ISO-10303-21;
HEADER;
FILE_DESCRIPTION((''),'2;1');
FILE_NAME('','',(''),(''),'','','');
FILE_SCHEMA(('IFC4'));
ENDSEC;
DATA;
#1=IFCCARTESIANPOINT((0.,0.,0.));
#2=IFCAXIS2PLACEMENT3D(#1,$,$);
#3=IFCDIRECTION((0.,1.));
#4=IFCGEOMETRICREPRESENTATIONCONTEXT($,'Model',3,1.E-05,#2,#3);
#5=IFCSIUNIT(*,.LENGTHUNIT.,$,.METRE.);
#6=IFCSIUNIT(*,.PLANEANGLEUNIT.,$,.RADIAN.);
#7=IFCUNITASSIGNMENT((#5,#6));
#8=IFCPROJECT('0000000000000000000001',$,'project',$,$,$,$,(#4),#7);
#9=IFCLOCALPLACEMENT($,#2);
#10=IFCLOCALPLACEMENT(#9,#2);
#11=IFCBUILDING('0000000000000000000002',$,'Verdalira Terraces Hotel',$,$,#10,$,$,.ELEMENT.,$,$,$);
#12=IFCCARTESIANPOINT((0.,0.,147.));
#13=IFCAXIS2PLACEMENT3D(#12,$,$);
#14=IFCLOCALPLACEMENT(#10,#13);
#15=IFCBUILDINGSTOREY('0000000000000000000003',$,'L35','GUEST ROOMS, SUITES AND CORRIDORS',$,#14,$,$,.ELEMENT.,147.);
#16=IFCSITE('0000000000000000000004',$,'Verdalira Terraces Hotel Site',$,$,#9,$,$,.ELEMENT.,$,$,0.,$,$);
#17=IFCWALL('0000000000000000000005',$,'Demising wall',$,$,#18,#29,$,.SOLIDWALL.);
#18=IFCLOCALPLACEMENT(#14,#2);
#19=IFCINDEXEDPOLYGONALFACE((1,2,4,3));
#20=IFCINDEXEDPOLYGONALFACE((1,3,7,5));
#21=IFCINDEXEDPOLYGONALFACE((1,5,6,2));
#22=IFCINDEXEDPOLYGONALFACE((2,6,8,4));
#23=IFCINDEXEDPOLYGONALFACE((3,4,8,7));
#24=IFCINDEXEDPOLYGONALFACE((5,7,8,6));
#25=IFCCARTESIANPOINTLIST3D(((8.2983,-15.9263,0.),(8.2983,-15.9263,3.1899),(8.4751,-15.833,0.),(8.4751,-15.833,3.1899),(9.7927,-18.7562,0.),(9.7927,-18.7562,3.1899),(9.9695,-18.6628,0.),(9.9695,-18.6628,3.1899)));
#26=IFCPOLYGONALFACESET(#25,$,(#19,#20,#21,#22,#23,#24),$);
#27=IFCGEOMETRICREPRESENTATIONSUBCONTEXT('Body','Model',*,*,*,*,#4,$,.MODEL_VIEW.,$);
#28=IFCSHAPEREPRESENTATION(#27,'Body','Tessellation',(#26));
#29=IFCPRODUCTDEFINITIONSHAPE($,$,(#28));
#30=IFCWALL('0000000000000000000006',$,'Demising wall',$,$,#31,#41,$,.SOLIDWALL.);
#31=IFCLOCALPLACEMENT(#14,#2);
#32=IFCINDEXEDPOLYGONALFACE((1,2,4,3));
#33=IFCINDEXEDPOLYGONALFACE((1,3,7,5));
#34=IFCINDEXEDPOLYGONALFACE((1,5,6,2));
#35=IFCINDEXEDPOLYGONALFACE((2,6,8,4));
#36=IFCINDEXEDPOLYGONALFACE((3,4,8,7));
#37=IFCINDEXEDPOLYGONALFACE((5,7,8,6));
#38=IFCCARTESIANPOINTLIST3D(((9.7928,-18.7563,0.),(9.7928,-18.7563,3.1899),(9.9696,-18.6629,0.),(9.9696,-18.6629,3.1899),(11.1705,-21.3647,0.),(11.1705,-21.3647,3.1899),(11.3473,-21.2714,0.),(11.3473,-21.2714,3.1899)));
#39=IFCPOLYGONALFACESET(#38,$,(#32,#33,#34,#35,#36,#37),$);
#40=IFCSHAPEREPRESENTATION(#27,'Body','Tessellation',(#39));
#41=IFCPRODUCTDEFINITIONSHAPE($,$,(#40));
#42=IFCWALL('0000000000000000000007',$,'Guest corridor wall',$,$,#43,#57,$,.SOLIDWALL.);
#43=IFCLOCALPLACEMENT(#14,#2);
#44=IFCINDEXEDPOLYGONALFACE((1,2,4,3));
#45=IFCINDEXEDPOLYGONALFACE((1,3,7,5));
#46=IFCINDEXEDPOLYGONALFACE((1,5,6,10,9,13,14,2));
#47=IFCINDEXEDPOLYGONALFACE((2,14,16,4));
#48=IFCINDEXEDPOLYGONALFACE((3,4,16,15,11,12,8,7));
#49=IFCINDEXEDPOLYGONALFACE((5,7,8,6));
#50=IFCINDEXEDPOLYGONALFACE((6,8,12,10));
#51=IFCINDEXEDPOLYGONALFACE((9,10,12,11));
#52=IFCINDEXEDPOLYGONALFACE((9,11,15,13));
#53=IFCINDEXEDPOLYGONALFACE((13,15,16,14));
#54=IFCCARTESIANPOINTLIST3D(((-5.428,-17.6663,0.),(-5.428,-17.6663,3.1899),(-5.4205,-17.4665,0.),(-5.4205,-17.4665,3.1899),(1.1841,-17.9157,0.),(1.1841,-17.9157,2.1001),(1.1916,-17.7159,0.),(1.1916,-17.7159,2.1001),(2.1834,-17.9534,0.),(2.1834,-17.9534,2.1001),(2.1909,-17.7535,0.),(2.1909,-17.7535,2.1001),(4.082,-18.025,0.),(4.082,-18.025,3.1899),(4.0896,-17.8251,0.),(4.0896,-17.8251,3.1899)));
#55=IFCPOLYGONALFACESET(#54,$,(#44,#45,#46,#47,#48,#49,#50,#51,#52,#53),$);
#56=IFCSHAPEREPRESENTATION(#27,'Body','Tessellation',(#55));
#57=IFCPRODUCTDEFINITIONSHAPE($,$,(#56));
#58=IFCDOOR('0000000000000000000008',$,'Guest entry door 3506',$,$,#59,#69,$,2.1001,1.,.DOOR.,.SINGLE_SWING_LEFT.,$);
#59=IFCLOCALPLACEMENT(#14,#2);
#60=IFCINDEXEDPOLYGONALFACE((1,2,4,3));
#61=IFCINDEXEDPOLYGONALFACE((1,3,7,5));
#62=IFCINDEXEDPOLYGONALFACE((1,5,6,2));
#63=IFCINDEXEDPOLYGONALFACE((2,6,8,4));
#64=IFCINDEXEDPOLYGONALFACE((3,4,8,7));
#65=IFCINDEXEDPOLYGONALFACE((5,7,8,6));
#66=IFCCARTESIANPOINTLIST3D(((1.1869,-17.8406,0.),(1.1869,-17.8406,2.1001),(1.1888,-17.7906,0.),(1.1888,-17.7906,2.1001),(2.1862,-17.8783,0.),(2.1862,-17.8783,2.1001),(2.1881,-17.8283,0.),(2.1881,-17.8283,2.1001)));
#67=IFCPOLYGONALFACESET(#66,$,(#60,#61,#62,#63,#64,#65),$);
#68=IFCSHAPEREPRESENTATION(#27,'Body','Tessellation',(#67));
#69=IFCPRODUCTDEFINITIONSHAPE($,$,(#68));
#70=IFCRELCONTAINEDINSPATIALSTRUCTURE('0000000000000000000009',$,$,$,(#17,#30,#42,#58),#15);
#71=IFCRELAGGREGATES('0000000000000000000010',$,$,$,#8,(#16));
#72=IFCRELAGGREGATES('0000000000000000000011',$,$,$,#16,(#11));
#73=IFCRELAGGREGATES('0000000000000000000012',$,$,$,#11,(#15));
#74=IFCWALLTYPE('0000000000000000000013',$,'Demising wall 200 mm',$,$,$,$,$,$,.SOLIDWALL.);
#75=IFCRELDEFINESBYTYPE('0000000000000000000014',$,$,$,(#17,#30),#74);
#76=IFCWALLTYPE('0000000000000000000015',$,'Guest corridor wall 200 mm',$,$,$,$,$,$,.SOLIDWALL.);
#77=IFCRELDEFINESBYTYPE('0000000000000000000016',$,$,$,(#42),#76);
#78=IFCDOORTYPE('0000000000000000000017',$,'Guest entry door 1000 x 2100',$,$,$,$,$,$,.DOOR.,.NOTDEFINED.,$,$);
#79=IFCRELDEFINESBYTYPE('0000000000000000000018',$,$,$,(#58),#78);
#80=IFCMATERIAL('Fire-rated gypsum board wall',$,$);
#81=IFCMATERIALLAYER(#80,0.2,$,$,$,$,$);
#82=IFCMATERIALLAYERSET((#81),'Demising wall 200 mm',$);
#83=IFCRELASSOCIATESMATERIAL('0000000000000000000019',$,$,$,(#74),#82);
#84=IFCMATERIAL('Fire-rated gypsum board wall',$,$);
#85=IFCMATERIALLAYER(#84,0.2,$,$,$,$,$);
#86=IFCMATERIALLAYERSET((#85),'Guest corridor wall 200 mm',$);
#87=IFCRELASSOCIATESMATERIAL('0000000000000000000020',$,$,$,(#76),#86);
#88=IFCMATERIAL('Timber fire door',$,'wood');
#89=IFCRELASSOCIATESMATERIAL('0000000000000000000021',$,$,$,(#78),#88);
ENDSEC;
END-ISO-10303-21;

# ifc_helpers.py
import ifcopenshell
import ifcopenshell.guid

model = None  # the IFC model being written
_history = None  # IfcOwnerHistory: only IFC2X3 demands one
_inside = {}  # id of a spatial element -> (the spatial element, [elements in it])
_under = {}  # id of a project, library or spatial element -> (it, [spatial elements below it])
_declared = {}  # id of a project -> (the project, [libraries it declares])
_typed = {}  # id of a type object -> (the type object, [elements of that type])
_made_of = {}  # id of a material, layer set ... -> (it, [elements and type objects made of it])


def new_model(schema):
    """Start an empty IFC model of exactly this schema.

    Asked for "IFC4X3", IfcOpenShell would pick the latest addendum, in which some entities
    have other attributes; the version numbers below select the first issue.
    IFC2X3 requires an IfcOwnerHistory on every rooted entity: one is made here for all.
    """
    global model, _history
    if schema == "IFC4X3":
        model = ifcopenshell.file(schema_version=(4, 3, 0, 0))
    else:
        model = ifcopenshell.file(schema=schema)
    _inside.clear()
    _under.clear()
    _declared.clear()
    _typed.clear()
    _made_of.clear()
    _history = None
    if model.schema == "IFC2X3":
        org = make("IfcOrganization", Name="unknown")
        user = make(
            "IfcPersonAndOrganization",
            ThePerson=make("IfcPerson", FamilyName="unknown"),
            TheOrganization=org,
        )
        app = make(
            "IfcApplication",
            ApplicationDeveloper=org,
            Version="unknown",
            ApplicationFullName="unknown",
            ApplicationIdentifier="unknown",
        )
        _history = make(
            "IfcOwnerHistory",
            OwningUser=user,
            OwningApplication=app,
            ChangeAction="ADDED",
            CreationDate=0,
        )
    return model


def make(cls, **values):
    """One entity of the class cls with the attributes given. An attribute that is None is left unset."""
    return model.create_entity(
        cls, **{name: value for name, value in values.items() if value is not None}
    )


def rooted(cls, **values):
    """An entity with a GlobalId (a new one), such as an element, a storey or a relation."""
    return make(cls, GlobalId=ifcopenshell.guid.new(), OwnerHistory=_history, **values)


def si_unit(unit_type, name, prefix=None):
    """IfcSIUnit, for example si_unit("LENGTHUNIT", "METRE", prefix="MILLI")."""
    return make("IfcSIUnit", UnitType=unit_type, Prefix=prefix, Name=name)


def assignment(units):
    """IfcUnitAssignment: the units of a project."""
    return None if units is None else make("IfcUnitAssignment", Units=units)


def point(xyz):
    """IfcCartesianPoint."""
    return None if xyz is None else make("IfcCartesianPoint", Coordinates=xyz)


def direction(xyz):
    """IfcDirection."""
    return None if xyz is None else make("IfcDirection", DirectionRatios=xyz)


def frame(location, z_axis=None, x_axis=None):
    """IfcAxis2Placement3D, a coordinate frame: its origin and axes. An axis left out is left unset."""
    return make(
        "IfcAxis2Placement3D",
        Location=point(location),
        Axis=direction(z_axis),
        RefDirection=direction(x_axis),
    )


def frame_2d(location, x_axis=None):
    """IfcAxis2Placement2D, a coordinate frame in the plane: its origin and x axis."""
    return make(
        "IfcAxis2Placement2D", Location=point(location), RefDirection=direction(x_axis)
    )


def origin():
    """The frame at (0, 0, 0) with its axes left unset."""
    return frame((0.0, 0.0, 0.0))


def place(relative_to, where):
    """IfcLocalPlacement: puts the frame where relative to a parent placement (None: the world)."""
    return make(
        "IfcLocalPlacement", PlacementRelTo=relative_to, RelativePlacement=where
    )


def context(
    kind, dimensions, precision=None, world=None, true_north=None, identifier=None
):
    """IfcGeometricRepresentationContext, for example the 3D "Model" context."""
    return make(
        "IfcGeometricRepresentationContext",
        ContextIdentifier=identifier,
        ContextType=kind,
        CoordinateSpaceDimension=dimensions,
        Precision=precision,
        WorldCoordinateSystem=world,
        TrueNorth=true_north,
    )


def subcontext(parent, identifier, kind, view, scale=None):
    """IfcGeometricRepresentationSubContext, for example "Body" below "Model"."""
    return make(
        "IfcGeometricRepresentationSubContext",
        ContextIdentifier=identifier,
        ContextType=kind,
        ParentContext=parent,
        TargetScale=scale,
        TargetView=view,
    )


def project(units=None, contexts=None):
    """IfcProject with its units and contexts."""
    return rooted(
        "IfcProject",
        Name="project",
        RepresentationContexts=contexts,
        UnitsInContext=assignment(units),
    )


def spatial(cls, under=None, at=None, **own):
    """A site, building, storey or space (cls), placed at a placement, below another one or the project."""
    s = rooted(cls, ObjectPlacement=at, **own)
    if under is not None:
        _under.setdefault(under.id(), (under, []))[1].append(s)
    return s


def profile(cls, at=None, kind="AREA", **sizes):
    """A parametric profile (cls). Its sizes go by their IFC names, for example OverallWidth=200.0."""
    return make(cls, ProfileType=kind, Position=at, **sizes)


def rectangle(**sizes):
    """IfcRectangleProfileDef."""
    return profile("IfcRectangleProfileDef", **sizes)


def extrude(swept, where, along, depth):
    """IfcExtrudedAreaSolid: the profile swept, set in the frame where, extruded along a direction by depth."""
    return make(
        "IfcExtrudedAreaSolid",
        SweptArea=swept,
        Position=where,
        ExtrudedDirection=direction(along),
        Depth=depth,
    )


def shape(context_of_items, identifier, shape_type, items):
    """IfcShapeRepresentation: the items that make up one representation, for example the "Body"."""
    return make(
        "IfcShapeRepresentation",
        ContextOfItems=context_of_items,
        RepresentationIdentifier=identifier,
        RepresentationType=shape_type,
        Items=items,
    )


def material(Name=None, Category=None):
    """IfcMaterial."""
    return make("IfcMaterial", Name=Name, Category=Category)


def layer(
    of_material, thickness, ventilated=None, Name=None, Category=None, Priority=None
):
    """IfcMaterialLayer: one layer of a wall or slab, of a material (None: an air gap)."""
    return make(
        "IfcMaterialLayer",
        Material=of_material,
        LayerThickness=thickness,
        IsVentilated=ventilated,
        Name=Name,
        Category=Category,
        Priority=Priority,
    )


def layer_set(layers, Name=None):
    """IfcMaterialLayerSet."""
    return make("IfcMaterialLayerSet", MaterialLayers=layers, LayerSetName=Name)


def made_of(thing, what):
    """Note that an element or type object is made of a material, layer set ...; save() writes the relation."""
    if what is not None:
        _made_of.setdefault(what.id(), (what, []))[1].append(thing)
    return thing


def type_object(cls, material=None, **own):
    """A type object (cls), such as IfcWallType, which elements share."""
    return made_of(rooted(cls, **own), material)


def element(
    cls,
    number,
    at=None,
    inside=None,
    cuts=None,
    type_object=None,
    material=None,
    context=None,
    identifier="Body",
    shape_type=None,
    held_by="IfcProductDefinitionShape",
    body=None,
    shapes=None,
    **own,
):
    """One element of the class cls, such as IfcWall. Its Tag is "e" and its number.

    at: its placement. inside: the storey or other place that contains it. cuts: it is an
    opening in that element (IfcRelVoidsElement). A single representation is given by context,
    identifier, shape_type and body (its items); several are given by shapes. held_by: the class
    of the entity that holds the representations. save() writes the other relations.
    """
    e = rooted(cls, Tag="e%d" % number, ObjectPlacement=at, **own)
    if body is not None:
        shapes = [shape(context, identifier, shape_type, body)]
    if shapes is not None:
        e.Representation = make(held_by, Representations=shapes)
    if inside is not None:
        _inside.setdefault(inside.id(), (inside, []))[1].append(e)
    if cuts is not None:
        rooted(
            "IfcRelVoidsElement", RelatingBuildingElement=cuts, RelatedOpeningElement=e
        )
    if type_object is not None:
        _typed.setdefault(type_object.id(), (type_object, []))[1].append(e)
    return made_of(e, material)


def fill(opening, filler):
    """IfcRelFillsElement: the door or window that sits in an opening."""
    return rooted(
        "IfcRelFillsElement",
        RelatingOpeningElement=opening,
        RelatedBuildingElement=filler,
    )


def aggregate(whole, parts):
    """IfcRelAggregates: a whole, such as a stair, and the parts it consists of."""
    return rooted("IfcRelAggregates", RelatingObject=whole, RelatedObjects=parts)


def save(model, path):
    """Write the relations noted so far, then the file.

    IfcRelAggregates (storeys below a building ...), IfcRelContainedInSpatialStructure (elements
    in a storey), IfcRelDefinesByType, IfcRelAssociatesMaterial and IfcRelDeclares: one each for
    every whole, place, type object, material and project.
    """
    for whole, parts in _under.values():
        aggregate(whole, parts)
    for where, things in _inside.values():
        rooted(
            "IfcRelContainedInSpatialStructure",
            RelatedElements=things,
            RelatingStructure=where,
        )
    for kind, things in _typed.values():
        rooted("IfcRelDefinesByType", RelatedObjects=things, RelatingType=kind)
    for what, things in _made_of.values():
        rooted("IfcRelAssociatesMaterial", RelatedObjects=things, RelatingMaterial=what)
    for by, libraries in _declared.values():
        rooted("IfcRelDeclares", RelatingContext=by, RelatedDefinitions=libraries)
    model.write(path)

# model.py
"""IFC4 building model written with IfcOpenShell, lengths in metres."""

from ifc_helpers import new_model, si_unit, direction, frame, frame_2d, origin, place, context, subcontext, project, spatial, rectangle, extrude, material, layer, layer_set, type_object, element, fill, save


model = new_model("IFC4")

# Units and contexts
model_context = context("Model", 3, precision=1e-05, world=origin(), true_north=direction((0.0, 1.0)))
body_context = subcontext(model_context, "Body", "Model", "MODEL_VIEW")
ifc_project = project(units=[si_unit("LENGTHUNIT", "METRE"), si_unit("PLANEANGLEUNIT", "RADIAN")], contexts=[model_context])

# Site, building, storey
site_placement = place(None, origin())
site = spatial("IfcSite", under=ifc_project, at=site_placement, Name="Verdalira Terraces Hotel Site", CompositionType="ELEMENT", RefElevation=0.0)
building_placement = place(site_placement, origin())
building = spatial("IfcBuilding", under=site, at=building_placement, Name="Verdalira Terraces Hotel", CompositionType="ELEMENT")
storey_placement = place(building_placement, frame((0.0, 0.0, 147.0)))
storey = spatial("IfcBuildingStorey", under=building, at=storey_placement, Name="L35", Description="GUEST ROOMS, SUITES AND CORRIDORS", CompositionType="ELEMENT", Elevation=147.0)

# Walls
ifc_material_1 = material(Name="Fire-rated gypsum board wall")
ifc_layer_1 = layer(ifc_material_1, 0.2)
ifc_layer_set_1 = layer_set([ifc_layer_1], Name="Demising wall 200 mm")
wall_type_1 = type_object("IfcWallType", Name="Demising wall 200 mm", PredefinedType="SOLIDWALL", material=ifc_layer_set_1)
wall_1_placement = place(storey_placement, frame((8.3867, -15.8796, 0.0), z_axis=(0.0, 0.0, 1.0), x_axis=(0.466969, -0.884274, 0.0)))
element("IfcWall", 1, at=wall_1_placement, inside=storey, type_object=wall_type_1, Name="Demising wall", PredefinedType="SOLIDWALL", context=body_context, shape_type="SweptSolid", body=[
    extrude(rectangle(XDim=3.2002, YDim=0.2, at=frame_2d((1.6001, 0.0))), origin(), (0.0, 0.0, 1.0), 3.1899),
])
wall_2_placement = place(storey_placement, frame((9.8811, -18.7095, 0.0), z_axis=(0.0, 0.0, 1.0), x_axis=(0.467032, -0.88424, 0.0)))
element("IfcWall", 2, at=wall_2_placement, inside=storey, type_object=wall_type_1, Name="Demising wall", PredefinedType="SOLIDWALL", context=body_context, shape_type="SweptSolid", body=[
    extrude(rectangle(XDim=2.95, YDim=0.2, at=frame_2d((1.4751, 0.0))), origin(), (0.0, 0.0, 1.0), 3.1899),
])

# Wall, opening, door
ifc_material_2 = material(Name="Fire-rated gypsum board wall")
ifc_layer_2 = layer(ifc_material_2, 0.2)
ifc_layer_set_2 = layer_set([ifc_layer_2], Name="Guest corridor wall 200 mm")
wall_type_2 = type_object("IfcWallType", Name="Guest corridor wall 200 mm", PredefinedType="SOLIDWALL", material=ifc_layer_set_2)
wall_3_placement = place(storey_placement, frame((4.0857, -17.925, 0.0), z_axis=(0.0, 0.0, 1.0), x_axis=(-0.99929, 0.037685, 0.0)))
wall_3 = element("IfcWall", 3, at=wall_3_placement, inside=storey, type_object=wall_type_2, Name="Guest corridor wall", PredefinedType="SOLIDWALL", context=body_context, shape_type="SweptSolid", body=[
    extrude(rectangle(XDim=9.5168, YDim=0.2, at=frame_2d((4.7583, 0.0))), origin(), (0.0, 0.0, 1.0), 3.1899),
])
opening_1_placement = place(wall_3_placement, frame((1.8999, 0.0, 0.0)))
opening_1 = element("IfcOpeningElement", 4, at=opening_1_placement, cuts=wall_3, PredefinedType="OPENING", context=body_context, shape_type="SweptSolid", body=[
    extrude(rectangle(XDim=1.0, YDim=2.1001, at=frame_2d((0.5, 1.05))), frame((0.0, 0.1099, 0.0), z_axis=(0.0, -1.0, 0.0), x_axis=(1.0, 0.0, 0.0)), (0.0, 0.0, 1.0), 0.22),
])
ifc_material_3 = material(Name="Timber fire door", Category="wood")
door_type_1 = type_object("IfcDoorType", Name="Guest entry door 1000 x 2100", OperationType="NOTDEFINED", PredefinedType="DOOR", material=ifc_material_3)
door_1_placement = place(opening_1_placement, origin())
door_1 = element("IfcDoor", 5, at=door_1_placement, inside=storey, type_object=door_type_1, Name="Guest entry door 3506", OperationType="SINGLE_SWING_LEFT", OverallHeight=2.1001, OverallWidth=1.0, PredefinedType="DOOR", context=body_context, shape_type="SweptSolid", body=[
    extrude(rectangle(XDim=1.0, YDim=2.1001, at=frame_2d((0.5, 1.05))), frame((0.0, 0.0249, 0.0), z_axis=(0.0, -1.0, 0.0), x_axis=(1.0, 0.0, 0.0)), (0.0, 0.0, 1.0), 0.05),
])
fill(opening_1, door_1)

save(model, "model.ifc")
